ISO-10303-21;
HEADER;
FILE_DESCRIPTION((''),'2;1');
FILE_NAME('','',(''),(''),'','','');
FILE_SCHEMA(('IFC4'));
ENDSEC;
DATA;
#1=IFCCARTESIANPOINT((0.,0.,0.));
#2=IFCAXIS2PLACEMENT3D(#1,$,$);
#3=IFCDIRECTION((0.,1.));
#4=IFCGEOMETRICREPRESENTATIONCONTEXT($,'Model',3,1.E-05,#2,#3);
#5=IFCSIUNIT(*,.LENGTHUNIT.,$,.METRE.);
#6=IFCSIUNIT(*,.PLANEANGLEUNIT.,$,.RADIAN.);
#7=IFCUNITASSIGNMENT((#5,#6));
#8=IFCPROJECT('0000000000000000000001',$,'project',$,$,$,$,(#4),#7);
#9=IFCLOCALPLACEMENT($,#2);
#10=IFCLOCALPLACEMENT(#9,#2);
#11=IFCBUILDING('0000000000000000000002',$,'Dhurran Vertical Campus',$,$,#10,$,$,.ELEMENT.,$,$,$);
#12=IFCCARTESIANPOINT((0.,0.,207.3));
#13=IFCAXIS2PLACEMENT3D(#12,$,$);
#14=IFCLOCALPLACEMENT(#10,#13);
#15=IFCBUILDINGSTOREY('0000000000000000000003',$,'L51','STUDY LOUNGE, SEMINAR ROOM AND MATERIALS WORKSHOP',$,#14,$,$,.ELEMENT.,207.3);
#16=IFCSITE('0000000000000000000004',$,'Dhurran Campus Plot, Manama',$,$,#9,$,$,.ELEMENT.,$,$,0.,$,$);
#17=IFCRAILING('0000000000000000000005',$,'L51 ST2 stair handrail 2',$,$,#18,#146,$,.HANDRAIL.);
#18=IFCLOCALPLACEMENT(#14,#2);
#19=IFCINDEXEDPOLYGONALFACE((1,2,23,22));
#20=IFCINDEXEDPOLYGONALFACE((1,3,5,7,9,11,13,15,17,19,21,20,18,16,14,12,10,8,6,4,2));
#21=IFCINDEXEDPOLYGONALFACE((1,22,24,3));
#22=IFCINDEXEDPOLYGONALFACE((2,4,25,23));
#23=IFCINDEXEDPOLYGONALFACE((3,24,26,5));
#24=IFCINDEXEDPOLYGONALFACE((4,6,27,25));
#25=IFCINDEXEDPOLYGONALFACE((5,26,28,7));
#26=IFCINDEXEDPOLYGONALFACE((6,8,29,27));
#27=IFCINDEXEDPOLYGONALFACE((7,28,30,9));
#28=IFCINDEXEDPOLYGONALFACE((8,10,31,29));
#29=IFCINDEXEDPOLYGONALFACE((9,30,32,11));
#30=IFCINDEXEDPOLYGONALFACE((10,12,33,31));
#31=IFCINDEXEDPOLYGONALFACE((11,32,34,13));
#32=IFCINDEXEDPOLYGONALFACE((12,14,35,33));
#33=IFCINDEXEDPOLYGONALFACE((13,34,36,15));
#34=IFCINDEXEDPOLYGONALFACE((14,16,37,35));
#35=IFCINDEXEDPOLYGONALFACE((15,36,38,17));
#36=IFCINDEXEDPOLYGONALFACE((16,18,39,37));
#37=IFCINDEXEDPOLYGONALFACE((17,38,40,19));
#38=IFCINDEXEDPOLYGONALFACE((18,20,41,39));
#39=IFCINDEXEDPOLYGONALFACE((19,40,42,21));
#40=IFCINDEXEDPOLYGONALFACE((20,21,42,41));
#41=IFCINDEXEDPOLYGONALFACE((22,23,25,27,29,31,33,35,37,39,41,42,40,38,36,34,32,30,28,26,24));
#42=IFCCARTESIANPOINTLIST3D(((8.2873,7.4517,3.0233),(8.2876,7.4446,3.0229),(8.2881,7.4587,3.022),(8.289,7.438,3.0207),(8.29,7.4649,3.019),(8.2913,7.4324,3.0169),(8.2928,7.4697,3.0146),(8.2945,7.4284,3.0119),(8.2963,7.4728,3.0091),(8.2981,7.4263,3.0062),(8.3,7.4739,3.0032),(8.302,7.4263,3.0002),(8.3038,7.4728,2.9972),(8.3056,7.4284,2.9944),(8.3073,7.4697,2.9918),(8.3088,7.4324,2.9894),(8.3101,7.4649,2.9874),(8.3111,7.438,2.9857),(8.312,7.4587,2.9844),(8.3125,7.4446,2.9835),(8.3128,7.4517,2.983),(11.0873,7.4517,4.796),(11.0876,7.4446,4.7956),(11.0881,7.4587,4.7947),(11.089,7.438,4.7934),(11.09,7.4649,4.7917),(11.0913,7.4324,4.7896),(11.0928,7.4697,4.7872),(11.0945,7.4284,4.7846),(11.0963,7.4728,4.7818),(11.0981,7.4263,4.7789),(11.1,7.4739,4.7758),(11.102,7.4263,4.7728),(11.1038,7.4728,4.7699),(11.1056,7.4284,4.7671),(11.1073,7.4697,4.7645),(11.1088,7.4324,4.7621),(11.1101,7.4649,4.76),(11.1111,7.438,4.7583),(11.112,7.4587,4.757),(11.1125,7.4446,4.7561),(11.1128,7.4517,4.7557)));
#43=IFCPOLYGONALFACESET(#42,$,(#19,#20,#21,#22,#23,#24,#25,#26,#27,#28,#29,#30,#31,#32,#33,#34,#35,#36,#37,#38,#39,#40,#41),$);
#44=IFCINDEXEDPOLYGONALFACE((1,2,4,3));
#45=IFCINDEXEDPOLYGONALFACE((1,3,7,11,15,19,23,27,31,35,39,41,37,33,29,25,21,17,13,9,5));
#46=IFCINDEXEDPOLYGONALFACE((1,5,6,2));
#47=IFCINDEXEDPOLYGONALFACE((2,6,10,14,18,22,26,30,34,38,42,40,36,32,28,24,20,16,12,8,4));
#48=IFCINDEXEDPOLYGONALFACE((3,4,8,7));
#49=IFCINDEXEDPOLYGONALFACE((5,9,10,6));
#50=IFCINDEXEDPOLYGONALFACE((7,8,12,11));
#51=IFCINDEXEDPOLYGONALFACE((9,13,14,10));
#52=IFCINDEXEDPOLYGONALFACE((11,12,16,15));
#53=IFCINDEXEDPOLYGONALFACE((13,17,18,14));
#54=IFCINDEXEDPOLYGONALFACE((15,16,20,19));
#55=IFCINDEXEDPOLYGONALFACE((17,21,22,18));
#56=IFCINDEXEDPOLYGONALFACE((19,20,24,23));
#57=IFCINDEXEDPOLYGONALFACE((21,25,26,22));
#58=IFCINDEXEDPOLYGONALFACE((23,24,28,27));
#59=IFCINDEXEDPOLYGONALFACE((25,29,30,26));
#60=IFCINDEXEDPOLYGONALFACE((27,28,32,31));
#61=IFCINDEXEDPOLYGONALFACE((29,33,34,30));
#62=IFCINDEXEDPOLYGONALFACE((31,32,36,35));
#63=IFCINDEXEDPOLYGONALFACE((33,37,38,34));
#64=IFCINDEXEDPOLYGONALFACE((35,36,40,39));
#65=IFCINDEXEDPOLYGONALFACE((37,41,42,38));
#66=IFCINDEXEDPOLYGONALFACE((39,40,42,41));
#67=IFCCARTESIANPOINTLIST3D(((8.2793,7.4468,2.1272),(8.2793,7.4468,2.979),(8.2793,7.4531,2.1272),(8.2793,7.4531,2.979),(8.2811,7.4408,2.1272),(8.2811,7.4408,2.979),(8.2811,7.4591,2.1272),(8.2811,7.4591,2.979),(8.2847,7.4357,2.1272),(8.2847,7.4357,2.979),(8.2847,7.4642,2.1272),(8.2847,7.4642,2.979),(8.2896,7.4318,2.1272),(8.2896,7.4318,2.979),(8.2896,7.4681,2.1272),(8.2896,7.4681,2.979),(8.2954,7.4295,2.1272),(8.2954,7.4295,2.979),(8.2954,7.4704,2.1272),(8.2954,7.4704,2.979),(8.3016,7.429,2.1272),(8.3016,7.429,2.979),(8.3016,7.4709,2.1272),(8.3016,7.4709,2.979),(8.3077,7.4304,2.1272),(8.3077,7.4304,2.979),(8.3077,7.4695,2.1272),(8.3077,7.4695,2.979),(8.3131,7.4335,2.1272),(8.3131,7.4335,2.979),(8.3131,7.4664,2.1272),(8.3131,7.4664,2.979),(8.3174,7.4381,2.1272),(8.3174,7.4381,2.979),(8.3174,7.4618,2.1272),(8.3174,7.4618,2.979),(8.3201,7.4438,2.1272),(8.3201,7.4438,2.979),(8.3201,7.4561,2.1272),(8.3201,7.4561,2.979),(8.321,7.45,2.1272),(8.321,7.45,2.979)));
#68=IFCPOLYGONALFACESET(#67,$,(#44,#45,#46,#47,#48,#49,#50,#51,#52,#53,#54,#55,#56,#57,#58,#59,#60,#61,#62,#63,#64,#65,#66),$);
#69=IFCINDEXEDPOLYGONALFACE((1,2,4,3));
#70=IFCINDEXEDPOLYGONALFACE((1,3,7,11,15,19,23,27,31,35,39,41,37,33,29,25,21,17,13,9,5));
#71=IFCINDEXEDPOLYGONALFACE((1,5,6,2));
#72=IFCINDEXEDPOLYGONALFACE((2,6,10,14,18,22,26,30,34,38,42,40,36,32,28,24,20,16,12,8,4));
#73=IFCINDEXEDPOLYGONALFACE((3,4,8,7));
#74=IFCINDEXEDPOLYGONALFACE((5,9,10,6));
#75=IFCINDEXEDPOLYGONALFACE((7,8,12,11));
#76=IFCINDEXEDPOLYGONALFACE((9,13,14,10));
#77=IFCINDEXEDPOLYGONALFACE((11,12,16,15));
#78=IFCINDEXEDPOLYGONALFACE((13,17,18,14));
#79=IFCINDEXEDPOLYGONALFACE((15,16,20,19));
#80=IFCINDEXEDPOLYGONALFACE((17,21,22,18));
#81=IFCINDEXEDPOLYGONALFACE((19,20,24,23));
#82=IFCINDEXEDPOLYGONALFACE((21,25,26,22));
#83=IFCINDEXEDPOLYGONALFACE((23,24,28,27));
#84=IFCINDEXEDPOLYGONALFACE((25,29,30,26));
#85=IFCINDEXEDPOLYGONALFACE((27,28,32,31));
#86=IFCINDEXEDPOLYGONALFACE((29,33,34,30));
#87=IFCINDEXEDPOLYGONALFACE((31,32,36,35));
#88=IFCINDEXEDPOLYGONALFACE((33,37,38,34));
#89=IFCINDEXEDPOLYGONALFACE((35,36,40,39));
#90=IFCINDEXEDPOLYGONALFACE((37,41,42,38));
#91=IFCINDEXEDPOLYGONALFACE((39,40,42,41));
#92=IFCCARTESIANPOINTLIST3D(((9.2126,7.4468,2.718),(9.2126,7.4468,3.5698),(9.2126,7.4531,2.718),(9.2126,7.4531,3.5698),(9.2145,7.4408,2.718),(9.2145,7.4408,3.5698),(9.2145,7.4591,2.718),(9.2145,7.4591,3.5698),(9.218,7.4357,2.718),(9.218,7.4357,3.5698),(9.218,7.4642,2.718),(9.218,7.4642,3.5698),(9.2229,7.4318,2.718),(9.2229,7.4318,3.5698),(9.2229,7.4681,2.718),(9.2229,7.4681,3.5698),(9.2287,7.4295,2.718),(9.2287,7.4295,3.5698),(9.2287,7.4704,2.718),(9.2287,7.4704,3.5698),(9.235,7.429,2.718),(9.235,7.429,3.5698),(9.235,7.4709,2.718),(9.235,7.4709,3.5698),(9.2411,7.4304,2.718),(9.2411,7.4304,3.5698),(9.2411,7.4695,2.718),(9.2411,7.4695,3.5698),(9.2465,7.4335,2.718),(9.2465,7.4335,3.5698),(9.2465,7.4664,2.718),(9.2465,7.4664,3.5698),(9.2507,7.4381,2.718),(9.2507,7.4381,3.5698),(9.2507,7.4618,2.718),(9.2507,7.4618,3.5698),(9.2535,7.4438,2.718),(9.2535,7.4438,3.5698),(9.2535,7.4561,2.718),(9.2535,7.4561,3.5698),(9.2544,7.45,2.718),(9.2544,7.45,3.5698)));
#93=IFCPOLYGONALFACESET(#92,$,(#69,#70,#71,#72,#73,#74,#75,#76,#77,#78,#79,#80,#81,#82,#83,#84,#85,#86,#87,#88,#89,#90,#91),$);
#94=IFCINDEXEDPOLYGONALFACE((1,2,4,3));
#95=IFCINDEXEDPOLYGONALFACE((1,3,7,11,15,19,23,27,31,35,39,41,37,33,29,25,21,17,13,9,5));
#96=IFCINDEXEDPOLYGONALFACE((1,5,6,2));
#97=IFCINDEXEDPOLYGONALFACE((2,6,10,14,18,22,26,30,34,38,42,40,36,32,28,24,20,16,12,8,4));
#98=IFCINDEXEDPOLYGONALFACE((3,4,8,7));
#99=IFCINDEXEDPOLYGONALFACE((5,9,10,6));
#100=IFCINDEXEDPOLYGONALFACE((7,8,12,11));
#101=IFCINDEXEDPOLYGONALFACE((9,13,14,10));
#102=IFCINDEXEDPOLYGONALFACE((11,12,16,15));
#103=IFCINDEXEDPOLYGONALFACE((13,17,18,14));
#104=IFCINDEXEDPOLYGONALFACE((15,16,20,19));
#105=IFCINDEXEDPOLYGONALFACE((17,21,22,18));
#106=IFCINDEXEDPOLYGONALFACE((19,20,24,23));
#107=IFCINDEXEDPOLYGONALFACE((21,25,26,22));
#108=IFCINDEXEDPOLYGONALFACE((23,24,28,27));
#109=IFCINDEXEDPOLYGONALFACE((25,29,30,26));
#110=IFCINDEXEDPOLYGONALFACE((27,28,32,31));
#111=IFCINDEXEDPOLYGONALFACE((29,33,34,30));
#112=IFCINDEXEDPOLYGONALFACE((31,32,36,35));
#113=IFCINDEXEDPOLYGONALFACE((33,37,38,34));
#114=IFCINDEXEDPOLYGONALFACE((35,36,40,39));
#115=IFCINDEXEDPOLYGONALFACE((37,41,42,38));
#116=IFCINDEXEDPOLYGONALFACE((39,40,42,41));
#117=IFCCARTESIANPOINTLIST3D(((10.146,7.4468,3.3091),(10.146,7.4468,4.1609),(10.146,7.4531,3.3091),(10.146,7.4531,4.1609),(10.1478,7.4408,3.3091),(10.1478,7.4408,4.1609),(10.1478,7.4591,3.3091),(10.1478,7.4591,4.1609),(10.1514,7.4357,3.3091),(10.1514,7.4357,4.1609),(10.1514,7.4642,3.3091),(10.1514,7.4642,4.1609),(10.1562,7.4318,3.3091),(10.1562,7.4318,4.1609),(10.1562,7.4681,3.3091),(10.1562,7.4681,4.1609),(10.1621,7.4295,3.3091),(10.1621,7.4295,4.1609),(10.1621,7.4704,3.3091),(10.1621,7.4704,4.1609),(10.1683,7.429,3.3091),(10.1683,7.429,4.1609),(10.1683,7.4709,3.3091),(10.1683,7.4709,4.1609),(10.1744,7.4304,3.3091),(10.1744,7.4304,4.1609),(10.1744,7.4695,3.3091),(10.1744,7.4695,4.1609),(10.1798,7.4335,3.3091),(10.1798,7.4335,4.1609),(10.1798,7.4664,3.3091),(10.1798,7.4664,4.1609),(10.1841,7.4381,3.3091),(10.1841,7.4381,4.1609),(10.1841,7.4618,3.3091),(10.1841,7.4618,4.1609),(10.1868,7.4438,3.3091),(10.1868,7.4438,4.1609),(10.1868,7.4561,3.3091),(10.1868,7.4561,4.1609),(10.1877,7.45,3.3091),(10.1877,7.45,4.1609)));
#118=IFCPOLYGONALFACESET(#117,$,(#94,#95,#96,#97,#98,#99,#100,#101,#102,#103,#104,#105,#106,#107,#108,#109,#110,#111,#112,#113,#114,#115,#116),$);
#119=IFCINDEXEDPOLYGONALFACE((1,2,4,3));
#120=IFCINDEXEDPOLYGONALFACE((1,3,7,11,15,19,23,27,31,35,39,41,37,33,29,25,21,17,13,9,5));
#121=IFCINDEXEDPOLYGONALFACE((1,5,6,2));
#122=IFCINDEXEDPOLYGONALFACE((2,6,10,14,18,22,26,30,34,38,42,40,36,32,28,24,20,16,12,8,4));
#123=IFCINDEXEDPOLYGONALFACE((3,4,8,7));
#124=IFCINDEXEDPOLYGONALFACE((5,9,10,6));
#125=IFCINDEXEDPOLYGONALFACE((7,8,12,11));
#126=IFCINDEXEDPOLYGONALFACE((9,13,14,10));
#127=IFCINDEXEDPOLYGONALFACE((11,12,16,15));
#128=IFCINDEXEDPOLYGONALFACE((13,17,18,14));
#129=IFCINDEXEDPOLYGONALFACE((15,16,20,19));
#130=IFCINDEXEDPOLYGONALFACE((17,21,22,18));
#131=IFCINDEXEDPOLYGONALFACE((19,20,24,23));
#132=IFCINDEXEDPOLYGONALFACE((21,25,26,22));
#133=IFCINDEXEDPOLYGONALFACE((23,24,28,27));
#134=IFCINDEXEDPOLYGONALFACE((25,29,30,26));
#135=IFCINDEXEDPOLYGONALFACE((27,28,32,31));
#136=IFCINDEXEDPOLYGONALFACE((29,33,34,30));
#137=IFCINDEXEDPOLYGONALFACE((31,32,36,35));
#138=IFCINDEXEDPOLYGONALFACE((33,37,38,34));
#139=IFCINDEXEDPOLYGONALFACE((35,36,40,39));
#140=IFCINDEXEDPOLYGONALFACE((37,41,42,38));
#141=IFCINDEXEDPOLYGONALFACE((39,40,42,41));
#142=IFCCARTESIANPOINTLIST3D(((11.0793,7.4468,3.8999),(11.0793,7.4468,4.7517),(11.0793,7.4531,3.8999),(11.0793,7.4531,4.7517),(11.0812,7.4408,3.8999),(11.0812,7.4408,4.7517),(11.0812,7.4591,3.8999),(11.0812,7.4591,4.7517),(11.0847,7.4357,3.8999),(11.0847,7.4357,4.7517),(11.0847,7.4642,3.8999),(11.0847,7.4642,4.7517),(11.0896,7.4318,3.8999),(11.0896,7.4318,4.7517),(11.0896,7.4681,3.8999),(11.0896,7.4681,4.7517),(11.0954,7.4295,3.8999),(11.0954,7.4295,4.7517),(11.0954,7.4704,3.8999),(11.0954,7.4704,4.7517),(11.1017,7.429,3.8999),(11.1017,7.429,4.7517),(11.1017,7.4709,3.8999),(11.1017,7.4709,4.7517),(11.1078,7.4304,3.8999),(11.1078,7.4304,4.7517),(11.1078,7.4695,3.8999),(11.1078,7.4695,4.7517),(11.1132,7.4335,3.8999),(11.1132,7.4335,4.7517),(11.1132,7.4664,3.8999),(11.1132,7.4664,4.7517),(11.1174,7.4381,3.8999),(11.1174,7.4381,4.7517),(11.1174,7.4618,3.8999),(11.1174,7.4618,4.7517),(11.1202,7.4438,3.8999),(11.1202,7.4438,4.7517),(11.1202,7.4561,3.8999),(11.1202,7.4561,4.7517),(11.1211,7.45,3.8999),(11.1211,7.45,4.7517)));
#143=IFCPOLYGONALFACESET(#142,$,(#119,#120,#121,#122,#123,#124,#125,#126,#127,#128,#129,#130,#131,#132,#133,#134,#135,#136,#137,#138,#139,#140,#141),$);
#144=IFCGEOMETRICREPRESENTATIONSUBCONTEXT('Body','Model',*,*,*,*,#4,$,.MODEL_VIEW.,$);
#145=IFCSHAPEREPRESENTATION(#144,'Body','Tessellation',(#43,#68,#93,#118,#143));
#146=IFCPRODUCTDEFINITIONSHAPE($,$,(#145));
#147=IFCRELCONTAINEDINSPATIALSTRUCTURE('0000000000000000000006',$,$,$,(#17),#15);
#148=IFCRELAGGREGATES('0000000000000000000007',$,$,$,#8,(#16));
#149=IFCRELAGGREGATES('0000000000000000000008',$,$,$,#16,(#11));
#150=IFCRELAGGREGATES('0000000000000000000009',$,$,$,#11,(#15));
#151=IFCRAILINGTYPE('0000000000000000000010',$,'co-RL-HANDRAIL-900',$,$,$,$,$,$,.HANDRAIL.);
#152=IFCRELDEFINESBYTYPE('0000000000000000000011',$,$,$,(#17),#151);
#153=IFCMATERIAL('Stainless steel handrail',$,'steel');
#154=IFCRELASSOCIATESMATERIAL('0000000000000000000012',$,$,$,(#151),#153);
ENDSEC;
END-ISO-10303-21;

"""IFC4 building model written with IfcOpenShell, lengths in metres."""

from ifc_helpers import new_model, si_unit, direction, frame, origin, origin_2d, place, context, subcontext, project, spatial, circle, extrude, material, type_object, element, save


model = new_model("IFC4")

# Units and contexts
model_context = context("Model", 3, precision=1e-05, world=origin(), true_north=direction((0.0, 1.0)))
body_context = subcontext(model_context, "Body", "Model", "MODEL_VIEW")
ifc_project = project(units=[si_unit("LENGTHUNIT", "METRE"), si_unit("PLANEANGLEUNIT", "RADIAN")], contexts=[model_context])

# Site, building, storey
site_placement = place(None, origin())
site = spatial("IfcSite", under=ifc_project, at=site_placement, Name="Dhurran Campus Plot, Manama", CompositionType="ELEMENT", RefElevation=0.0)
building_placement = place(site_placement, origin())
building = spatial("IfcBuilding", under=site, at=building_placement, Name="Dhurran Vertical Campus", CompositionType="ELEMENT")
storey_placement = place(building_placement, frame((0.0, 0.0, 207.3)))
storey = spatial("IfcBuildingStorey", under=building, at=storey_placement, Name="L51", Description="STUDY LOUNGE, SEMINAR ROOM AND MATERIALS WORKSHOP", CompositionType="ELEMENT", Elevation=207.3)

# Railing
ifc_material_1 = material(Name="Stainless steel handrail", Category="steel")
railing_type_1 = type_object("IfcRailingType", Name="co-RL-HANDRAIL-900", PredefinedType="HANDRAIL", material=ifc_material_1)
railing_1_placement = place(storey_placement, frame((8.3, 7.45, 2.1272)))
element("IfcRailing", 1, at=railing_1_placement, inside=storey, type_object=railing_type_1, Name="L51 ST2 stair handrail 2", PredefinedType="HANDRAIL", context=body_context, shape_type="SweptSolid", body=[
    extrude(circle(Radius=0.0239, at=origin_2d()), frame((0.0, 0.0, 0.876), z_axis=(0.844909, 0.0, 0.53491), x_axis=(0.0, 1.0, 0.0)), (0.0, 0.0, 1.0), 3.314),
    extrude(circle(Radius=0.021, at=origin_2d()), origin(), (0.0, 0.0, 1.0), 0.8518),
    extrude(circle(Radius=0.021, at=origin_2d()), frame((0.9333, 0.0, 0.5908)), (0.0, 0.0, 1.0), 0.8518),
    extrude(circle(Radius=0.021, at=origin_2d()), frame((1.8667, 0.0, 1.1819)), (0.0, 0.0, 1.0), 0.8518),
    extrude(circle(Radius=0.021, at=origin_2d()), frame((2.8, 0.0, 1.7727)), (0.0, 0.0, 1.0), 0.8518),
])

save(model, "model.ifc")
